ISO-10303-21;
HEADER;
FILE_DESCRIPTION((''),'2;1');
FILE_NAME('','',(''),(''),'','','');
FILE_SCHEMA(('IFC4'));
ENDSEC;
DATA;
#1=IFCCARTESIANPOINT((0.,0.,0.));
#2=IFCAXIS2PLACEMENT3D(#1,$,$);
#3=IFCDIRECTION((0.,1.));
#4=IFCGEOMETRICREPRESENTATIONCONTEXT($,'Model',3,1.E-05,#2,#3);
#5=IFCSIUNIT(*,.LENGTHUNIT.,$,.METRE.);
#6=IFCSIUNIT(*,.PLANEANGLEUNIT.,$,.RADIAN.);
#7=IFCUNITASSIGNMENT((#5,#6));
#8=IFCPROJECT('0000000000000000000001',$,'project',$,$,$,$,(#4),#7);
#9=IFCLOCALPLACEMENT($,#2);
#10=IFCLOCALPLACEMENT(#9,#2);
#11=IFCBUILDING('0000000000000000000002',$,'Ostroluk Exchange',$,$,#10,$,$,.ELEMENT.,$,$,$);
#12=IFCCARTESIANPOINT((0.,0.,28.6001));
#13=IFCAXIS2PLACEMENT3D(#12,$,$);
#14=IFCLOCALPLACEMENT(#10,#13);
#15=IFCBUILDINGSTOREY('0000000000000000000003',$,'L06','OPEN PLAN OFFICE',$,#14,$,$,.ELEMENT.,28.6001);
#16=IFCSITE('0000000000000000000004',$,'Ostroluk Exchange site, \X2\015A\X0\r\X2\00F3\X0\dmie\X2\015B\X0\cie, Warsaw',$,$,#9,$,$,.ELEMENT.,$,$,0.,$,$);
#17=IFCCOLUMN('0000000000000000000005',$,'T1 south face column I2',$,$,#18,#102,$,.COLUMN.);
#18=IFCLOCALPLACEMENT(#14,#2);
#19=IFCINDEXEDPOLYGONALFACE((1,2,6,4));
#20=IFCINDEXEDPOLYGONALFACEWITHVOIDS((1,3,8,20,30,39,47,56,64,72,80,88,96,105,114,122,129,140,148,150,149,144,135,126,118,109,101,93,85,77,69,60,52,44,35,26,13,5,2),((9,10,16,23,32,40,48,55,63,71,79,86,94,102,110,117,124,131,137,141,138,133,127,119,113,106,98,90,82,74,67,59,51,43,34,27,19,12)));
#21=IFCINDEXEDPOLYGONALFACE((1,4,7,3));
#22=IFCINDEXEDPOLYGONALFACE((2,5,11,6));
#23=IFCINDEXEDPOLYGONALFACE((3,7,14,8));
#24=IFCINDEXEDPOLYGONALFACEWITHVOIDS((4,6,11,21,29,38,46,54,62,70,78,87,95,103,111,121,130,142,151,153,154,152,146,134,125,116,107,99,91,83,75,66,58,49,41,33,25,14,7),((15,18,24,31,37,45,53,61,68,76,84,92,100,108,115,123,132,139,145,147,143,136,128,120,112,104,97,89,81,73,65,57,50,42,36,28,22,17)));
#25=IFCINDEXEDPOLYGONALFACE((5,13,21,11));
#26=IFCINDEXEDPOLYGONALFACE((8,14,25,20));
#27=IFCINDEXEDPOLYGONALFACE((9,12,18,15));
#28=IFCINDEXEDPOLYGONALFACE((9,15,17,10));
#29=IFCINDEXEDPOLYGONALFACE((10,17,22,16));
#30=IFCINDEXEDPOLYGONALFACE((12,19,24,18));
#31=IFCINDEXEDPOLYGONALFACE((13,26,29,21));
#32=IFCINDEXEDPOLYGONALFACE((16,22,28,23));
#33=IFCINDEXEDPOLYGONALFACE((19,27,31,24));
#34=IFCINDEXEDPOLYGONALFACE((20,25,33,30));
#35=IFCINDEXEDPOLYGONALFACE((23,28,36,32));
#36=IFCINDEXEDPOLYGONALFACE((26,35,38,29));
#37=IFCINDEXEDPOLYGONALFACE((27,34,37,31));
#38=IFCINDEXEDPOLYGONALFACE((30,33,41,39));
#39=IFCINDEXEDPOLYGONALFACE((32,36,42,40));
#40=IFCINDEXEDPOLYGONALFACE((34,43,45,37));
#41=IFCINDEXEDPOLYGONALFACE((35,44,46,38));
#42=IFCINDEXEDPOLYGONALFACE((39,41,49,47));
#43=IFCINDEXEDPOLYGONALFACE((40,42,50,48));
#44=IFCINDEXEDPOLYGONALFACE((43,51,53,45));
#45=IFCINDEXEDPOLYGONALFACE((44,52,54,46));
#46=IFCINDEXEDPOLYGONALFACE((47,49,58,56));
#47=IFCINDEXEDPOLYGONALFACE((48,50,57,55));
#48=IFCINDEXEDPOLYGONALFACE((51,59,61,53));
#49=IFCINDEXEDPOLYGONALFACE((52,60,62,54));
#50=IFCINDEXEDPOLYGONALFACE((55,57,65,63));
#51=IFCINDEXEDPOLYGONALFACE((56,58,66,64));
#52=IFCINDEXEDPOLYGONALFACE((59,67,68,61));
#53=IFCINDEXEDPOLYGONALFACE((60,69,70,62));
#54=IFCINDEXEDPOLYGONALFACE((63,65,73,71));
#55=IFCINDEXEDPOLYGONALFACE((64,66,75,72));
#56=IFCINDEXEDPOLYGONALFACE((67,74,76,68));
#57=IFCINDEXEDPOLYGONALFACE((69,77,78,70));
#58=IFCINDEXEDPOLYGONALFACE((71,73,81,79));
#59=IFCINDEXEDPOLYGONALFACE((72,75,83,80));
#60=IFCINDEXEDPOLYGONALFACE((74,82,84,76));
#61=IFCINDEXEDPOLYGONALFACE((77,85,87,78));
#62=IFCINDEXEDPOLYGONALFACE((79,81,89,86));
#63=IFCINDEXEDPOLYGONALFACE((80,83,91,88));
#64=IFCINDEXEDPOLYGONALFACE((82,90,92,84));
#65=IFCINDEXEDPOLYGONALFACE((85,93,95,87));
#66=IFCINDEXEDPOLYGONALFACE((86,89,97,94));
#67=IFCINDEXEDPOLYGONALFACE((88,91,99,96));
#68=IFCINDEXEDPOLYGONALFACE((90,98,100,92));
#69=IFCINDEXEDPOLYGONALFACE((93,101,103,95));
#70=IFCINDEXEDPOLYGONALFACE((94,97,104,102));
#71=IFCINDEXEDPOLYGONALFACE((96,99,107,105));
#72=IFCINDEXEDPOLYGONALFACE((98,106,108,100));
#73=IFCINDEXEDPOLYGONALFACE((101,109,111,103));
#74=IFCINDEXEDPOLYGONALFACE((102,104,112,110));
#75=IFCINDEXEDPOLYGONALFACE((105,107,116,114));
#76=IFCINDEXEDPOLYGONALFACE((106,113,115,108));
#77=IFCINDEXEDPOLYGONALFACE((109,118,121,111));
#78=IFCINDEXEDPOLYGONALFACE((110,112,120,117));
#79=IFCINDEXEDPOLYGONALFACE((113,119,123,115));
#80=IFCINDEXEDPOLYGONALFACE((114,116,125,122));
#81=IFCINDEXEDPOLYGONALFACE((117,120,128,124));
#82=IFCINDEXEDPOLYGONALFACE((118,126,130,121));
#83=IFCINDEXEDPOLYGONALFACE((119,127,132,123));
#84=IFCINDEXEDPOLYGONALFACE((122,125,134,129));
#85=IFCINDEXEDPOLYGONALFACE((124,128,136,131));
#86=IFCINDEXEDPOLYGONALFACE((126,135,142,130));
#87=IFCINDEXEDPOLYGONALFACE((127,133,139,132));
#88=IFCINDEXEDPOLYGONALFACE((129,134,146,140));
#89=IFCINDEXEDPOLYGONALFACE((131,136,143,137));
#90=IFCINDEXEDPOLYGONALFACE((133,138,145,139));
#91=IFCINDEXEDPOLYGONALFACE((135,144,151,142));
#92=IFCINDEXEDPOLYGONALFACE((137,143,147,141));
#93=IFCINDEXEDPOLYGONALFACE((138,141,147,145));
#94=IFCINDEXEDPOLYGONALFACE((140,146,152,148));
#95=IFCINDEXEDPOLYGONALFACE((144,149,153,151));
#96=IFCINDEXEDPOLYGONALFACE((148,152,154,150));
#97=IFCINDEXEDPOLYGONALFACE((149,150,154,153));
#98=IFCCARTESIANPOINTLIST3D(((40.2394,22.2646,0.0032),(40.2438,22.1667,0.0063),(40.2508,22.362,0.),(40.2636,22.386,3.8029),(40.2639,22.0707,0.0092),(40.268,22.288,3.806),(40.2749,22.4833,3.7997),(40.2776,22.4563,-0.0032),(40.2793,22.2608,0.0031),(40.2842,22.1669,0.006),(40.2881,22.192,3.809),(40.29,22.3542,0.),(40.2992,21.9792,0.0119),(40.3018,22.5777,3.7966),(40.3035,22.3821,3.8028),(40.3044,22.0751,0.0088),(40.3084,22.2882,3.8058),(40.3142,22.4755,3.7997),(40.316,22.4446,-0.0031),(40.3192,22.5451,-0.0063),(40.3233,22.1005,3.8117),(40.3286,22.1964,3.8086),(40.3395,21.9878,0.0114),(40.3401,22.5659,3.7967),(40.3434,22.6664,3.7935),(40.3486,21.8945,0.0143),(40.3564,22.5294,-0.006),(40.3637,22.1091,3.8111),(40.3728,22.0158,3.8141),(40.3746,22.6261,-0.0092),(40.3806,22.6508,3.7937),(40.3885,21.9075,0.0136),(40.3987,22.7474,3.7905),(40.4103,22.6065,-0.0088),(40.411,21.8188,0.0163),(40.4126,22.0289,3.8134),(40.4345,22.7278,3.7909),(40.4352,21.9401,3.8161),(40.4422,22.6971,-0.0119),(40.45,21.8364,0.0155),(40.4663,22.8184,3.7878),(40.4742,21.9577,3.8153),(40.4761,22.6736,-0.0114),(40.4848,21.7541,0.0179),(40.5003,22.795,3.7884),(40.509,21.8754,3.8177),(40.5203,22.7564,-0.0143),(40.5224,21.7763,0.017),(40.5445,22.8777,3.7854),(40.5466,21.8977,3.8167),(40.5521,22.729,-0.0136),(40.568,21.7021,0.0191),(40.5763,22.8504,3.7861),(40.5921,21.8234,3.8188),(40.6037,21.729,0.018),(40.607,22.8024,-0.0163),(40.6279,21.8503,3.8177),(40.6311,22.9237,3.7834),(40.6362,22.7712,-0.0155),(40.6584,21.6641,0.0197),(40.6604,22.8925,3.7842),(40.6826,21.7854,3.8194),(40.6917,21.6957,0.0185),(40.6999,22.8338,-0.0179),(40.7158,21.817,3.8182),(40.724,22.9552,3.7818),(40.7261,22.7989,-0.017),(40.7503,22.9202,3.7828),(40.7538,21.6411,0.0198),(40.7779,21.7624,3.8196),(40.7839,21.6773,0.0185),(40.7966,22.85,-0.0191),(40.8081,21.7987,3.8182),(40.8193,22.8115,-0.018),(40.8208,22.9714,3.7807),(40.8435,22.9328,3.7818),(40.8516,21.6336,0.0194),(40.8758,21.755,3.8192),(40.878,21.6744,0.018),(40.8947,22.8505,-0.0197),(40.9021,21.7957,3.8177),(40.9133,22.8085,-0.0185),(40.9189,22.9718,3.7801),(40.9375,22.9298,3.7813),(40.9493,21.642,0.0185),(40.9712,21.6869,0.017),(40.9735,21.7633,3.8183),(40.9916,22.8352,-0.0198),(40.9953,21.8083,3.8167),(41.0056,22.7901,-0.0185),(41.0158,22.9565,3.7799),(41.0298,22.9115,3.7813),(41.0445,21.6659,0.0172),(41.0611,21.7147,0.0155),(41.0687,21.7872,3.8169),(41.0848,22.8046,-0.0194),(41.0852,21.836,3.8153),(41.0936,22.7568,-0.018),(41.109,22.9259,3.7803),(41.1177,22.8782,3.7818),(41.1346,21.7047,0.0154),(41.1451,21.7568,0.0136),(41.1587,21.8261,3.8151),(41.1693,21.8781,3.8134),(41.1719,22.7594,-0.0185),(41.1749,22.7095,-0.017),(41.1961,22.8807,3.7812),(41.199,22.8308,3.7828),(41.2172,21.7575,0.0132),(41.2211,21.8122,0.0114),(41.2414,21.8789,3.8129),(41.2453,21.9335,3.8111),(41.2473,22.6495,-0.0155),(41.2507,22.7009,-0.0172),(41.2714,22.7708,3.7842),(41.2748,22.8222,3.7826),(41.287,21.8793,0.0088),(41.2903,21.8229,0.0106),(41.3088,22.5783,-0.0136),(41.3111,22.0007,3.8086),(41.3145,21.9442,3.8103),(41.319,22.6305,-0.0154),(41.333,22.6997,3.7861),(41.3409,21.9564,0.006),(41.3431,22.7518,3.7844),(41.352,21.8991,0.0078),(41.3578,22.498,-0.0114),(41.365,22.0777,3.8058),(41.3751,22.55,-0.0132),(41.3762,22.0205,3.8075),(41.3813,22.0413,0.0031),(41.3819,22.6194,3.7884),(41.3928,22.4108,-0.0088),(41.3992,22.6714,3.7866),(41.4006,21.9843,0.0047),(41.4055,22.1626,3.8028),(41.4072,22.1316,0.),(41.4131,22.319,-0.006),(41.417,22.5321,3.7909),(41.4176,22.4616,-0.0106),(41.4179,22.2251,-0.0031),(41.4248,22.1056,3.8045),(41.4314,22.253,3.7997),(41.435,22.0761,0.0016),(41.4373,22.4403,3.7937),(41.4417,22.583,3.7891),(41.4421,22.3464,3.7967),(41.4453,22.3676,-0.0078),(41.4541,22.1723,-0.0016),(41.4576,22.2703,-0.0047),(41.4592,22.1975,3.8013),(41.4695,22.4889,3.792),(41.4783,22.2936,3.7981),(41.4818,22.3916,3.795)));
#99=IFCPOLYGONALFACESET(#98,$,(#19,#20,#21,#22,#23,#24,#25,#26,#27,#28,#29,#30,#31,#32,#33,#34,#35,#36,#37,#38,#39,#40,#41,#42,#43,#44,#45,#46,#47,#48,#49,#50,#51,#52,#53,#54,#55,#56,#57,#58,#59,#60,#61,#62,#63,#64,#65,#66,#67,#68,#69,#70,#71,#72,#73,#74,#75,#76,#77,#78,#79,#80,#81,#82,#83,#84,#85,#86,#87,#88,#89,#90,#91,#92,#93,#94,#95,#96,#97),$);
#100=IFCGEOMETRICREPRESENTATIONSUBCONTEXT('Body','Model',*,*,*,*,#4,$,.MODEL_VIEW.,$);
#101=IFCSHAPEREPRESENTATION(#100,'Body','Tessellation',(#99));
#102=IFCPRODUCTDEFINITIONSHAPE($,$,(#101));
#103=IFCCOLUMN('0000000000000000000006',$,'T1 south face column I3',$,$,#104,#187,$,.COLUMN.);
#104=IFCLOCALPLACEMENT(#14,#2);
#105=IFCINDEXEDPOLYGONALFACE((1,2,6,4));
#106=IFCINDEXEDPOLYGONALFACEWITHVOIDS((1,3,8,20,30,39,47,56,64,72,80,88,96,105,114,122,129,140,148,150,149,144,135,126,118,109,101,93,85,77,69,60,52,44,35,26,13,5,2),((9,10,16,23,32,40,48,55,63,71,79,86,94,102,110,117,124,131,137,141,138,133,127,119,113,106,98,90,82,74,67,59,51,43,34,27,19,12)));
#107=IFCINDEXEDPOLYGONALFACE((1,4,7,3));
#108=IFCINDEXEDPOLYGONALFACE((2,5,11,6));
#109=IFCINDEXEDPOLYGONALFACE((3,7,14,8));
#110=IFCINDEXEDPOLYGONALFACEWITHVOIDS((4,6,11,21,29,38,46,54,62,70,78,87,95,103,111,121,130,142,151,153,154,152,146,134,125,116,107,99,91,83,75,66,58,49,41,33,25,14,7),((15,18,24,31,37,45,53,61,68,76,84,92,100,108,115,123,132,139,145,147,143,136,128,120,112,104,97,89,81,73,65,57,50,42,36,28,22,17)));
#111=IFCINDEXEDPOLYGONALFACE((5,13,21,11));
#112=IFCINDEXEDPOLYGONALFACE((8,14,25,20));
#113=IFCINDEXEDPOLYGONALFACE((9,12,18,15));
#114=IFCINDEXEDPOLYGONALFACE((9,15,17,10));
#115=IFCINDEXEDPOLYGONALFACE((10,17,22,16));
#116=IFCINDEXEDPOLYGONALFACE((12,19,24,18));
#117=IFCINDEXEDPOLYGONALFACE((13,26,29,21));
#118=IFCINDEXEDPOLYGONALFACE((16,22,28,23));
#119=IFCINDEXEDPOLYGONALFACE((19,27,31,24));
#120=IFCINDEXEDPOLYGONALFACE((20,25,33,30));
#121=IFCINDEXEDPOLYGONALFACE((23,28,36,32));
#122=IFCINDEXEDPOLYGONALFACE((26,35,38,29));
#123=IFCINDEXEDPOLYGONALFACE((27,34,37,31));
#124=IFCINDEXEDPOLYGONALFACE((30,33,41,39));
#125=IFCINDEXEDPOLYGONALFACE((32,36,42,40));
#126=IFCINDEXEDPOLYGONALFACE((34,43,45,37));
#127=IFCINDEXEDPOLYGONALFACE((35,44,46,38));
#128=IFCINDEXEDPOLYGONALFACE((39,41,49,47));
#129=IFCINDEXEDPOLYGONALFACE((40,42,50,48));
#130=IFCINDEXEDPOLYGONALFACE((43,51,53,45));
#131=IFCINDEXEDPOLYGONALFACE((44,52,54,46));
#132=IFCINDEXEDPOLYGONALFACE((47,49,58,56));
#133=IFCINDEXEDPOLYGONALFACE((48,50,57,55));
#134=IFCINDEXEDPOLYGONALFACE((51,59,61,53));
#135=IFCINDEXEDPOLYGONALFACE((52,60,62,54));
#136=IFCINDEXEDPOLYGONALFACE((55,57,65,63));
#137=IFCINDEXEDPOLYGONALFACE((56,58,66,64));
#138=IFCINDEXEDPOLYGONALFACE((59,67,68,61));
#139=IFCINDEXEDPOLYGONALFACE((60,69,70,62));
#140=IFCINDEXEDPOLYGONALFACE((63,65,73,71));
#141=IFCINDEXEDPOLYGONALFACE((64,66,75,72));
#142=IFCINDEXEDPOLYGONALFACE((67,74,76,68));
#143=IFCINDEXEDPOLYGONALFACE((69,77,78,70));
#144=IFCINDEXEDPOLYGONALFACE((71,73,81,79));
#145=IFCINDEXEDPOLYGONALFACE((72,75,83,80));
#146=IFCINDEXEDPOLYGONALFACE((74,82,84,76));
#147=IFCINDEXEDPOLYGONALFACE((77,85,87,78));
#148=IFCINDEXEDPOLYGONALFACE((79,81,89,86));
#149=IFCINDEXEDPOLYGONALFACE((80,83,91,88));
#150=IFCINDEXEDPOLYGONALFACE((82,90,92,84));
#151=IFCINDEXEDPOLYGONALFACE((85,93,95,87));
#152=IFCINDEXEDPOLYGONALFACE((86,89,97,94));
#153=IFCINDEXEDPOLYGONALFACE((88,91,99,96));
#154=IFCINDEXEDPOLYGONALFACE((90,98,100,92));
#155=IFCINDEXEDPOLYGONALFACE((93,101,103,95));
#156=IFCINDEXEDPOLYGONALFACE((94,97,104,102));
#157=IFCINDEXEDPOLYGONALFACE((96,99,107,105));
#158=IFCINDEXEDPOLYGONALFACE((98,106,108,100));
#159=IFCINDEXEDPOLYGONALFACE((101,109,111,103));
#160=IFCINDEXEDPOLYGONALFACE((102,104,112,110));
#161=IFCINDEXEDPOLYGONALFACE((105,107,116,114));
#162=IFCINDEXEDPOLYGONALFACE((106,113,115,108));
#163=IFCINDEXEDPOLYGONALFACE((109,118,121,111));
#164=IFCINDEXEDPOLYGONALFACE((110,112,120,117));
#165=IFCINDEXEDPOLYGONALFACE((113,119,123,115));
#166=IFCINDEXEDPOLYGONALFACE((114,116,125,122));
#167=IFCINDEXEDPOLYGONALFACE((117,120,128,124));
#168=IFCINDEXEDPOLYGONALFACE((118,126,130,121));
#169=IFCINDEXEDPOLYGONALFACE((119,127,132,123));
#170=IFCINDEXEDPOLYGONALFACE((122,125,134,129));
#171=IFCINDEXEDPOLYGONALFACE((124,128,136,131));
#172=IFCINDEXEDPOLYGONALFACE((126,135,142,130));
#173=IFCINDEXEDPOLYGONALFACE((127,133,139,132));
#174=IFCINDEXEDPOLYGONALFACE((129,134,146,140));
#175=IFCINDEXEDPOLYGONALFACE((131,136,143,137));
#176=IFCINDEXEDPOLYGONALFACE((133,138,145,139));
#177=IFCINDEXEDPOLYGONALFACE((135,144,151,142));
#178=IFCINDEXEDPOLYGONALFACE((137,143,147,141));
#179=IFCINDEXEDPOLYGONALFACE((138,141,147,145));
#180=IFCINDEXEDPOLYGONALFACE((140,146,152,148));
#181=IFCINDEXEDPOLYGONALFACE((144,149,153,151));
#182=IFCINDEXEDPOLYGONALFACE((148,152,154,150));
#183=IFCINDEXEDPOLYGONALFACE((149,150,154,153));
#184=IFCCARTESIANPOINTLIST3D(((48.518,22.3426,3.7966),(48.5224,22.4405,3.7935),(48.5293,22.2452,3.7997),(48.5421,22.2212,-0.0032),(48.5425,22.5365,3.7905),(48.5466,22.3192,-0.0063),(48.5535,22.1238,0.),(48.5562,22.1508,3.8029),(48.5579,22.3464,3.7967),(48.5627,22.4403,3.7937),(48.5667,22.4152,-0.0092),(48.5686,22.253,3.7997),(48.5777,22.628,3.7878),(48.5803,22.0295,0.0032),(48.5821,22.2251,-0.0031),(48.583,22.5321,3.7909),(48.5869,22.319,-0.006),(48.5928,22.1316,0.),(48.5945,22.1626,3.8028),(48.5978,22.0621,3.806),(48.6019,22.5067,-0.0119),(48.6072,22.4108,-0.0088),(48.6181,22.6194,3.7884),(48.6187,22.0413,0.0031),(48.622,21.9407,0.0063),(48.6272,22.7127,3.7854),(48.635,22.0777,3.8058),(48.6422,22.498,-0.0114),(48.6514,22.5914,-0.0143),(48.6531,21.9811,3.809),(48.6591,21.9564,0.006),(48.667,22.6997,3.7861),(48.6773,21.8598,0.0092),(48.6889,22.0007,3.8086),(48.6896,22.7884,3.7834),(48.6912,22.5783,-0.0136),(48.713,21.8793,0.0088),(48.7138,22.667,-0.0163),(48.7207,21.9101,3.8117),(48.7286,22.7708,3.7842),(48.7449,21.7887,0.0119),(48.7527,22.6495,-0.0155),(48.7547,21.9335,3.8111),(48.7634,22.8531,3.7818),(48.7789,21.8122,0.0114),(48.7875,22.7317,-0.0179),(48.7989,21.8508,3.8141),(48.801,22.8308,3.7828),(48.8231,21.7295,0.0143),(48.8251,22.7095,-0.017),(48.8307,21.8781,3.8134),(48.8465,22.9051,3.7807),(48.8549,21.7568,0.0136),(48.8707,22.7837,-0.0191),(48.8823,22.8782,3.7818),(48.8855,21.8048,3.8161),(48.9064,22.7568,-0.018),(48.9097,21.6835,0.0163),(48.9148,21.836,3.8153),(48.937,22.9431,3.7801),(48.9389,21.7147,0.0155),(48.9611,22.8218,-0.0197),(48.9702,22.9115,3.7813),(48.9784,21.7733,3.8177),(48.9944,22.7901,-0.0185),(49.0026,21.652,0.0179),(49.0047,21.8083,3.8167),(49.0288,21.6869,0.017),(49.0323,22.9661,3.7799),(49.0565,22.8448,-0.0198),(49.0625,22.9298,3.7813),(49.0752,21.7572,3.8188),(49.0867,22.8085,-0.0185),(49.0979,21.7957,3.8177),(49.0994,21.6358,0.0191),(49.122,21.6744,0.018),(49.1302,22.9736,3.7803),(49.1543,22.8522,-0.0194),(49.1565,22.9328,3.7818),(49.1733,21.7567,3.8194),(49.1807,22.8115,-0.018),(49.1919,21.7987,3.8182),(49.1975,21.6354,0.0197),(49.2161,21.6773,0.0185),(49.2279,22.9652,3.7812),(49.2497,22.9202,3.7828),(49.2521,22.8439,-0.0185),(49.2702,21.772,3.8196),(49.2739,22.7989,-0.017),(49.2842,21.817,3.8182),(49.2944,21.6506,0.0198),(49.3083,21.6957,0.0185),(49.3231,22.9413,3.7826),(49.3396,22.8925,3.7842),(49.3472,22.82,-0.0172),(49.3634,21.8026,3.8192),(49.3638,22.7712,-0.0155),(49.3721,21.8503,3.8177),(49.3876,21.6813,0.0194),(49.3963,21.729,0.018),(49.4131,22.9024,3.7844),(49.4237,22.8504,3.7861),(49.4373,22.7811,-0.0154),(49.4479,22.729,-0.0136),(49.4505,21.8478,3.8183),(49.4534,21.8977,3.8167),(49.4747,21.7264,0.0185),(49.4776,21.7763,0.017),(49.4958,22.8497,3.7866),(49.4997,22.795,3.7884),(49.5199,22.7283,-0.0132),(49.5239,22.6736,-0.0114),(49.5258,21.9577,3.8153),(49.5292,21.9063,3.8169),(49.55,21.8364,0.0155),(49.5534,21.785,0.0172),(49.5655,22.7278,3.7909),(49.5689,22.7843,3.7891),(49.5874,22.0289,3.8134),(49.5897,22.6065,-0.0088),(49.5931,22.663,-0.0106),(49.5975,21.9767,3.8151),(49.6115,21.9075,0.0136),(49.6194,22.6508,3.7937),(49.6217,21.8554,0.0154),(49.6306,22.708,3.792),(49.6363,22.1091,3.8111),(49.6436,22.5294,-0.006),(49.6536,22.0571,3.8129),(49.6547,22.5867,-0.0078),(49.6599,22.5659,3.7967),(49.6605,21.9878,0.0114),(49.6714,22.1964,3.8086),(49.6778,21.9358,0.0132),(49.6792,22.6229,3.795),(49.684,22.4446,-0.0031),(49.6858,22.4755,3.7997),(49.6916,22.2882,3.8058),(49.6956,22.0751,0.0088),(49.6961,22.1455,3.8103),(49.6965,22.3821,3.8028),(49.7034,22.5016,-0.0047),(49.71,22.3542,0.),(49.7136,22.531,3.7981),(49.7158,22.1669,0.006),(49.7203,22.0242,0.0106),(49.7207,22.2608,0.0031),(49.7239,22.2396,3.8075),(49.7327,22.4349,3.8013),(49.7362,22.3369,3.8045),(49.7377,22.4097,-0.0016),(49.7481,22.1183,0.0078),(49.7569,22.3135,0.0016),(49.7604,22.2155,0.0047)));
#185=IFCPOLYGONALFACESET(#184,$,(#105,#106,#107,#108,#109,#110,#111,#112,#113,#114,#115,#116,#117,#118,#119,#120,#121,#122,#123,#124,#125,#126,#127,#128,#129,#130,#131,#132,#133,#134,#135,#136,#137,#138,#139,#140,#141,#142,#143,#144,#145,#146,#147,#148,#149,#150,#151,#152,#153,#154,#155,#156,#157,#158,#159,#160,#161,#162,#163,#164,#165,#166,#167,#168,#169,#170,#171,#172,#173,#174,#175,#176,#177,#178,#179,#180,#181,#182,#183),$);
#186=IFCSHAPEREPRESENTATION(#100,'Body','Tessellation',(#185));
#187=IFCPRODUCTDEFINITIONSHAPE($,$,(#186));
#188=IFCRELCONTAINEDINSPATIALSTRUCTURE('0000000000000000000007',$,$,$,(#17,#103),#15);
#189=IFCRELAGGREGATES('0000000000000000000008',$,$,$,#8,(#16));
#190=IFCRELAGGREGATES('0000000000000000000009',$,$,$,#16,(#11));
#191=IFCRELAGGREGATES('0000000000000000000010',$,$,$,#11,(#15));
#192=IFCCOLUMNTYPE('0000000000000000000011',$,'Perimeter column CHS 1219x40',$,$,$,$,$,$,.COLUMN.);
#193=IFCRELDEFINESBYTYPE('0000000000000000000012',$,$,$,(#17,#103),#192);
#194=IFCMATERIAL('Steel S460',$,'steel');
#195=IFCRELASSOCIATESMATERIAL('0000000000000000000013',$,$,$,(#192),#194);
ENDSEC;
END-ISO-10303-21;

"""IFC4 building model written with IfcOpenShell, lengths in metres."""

from ifc_helpers import new_model, si_unit, direction, frame, origin, origin_2d, place, context, subcontext, project, spatial, hollow_circle, extrude, material, material_profile, profile_set, type_object, element, save


model = new_model("IFC4")

# Units and contexts
model_context = context("Model", 3, precision=1e-05, world=origin(), true_north=direction((0.0, 1.0)))
body_context = subcontext(model_context, "Body", "Model", "MODEL_VIEW")
ifc_project = project(units=[si_unit("LENGTHUNIT", "METRE"), si_unit("PLANEANGLEUNIT", "RADIAN")], contexts=[model_context])

# Site, building, storey
site_placement = place(None, origin())
site = spatial("IfcSite", under=ifc_project, at=site_placement, Name="Ostroluk Exchange site, Śródmieście, Warsaw", CompositionType="ELEMENT", RefElevation=0.0)
building_placement = place(site_placement, origin())
building = spatial("IfcBuilding", under=site, at=building_placement, Name="Ostroluk Exchange", CompositionType="ELEMENT")
storey_placement = place(building_placement, frame((0.0, 0.0, 28.6001)))
storey = spatial("IfcBuildingStorey", under=building, at=storey_placement, Name="L06", Description="OPEN PLAN OFFICE", CompositionType="ELEMENT", Elevation=28.6001)

# Columns
ifc_material_1 = material(Name="Steel S460", Category="steel")
ifc_material_profile_1 = material_profile(ifc_material_1, hollow_circle(Radius=0.6096, WallThickness=0.04, at=origin_2d()), Name="CHS 1219x40")
ifc_profile_set_1 = profile_set([ifc_material_profile_1], Name="Steel S460")
column_type = type_object("IfcColumnType", Name="Perimeter column CHS 1219x40", PredefinedType="COLUMN", material=ifc_profile_set_1)
for number, where, z_axis, x_axis, name in (
    (1, (40.8486, 22.2429, 0.0), (0.006357, 0.031916, 0.99947), (-0.980732, 0.195357, 0.0), "T1 south face column I2"),
    (2, (49.1514, 22.2429, 0.0), (-0.006357, 0.031916, 0.99947), (-0.980732, -0.195357, 0.0), "T1 south face column I3"),
):
    element("IfcColumn", number, at=place(storey_placement, frame(where, z_axis=z_axis, x_axis=x_axis)), inside=storey, type_object=column_type, Name=name, PredefinedType="COLUMN", context=body_context, shape_type="SweptSolid", body=[
        extrude(hollow_circle(Radius=0.6096, WallThickness=0.04, at=origin_2d()), origin(), (0.0, 0.0, 1.0), 3.8018),
    ])

save(model, "model.ifc")
